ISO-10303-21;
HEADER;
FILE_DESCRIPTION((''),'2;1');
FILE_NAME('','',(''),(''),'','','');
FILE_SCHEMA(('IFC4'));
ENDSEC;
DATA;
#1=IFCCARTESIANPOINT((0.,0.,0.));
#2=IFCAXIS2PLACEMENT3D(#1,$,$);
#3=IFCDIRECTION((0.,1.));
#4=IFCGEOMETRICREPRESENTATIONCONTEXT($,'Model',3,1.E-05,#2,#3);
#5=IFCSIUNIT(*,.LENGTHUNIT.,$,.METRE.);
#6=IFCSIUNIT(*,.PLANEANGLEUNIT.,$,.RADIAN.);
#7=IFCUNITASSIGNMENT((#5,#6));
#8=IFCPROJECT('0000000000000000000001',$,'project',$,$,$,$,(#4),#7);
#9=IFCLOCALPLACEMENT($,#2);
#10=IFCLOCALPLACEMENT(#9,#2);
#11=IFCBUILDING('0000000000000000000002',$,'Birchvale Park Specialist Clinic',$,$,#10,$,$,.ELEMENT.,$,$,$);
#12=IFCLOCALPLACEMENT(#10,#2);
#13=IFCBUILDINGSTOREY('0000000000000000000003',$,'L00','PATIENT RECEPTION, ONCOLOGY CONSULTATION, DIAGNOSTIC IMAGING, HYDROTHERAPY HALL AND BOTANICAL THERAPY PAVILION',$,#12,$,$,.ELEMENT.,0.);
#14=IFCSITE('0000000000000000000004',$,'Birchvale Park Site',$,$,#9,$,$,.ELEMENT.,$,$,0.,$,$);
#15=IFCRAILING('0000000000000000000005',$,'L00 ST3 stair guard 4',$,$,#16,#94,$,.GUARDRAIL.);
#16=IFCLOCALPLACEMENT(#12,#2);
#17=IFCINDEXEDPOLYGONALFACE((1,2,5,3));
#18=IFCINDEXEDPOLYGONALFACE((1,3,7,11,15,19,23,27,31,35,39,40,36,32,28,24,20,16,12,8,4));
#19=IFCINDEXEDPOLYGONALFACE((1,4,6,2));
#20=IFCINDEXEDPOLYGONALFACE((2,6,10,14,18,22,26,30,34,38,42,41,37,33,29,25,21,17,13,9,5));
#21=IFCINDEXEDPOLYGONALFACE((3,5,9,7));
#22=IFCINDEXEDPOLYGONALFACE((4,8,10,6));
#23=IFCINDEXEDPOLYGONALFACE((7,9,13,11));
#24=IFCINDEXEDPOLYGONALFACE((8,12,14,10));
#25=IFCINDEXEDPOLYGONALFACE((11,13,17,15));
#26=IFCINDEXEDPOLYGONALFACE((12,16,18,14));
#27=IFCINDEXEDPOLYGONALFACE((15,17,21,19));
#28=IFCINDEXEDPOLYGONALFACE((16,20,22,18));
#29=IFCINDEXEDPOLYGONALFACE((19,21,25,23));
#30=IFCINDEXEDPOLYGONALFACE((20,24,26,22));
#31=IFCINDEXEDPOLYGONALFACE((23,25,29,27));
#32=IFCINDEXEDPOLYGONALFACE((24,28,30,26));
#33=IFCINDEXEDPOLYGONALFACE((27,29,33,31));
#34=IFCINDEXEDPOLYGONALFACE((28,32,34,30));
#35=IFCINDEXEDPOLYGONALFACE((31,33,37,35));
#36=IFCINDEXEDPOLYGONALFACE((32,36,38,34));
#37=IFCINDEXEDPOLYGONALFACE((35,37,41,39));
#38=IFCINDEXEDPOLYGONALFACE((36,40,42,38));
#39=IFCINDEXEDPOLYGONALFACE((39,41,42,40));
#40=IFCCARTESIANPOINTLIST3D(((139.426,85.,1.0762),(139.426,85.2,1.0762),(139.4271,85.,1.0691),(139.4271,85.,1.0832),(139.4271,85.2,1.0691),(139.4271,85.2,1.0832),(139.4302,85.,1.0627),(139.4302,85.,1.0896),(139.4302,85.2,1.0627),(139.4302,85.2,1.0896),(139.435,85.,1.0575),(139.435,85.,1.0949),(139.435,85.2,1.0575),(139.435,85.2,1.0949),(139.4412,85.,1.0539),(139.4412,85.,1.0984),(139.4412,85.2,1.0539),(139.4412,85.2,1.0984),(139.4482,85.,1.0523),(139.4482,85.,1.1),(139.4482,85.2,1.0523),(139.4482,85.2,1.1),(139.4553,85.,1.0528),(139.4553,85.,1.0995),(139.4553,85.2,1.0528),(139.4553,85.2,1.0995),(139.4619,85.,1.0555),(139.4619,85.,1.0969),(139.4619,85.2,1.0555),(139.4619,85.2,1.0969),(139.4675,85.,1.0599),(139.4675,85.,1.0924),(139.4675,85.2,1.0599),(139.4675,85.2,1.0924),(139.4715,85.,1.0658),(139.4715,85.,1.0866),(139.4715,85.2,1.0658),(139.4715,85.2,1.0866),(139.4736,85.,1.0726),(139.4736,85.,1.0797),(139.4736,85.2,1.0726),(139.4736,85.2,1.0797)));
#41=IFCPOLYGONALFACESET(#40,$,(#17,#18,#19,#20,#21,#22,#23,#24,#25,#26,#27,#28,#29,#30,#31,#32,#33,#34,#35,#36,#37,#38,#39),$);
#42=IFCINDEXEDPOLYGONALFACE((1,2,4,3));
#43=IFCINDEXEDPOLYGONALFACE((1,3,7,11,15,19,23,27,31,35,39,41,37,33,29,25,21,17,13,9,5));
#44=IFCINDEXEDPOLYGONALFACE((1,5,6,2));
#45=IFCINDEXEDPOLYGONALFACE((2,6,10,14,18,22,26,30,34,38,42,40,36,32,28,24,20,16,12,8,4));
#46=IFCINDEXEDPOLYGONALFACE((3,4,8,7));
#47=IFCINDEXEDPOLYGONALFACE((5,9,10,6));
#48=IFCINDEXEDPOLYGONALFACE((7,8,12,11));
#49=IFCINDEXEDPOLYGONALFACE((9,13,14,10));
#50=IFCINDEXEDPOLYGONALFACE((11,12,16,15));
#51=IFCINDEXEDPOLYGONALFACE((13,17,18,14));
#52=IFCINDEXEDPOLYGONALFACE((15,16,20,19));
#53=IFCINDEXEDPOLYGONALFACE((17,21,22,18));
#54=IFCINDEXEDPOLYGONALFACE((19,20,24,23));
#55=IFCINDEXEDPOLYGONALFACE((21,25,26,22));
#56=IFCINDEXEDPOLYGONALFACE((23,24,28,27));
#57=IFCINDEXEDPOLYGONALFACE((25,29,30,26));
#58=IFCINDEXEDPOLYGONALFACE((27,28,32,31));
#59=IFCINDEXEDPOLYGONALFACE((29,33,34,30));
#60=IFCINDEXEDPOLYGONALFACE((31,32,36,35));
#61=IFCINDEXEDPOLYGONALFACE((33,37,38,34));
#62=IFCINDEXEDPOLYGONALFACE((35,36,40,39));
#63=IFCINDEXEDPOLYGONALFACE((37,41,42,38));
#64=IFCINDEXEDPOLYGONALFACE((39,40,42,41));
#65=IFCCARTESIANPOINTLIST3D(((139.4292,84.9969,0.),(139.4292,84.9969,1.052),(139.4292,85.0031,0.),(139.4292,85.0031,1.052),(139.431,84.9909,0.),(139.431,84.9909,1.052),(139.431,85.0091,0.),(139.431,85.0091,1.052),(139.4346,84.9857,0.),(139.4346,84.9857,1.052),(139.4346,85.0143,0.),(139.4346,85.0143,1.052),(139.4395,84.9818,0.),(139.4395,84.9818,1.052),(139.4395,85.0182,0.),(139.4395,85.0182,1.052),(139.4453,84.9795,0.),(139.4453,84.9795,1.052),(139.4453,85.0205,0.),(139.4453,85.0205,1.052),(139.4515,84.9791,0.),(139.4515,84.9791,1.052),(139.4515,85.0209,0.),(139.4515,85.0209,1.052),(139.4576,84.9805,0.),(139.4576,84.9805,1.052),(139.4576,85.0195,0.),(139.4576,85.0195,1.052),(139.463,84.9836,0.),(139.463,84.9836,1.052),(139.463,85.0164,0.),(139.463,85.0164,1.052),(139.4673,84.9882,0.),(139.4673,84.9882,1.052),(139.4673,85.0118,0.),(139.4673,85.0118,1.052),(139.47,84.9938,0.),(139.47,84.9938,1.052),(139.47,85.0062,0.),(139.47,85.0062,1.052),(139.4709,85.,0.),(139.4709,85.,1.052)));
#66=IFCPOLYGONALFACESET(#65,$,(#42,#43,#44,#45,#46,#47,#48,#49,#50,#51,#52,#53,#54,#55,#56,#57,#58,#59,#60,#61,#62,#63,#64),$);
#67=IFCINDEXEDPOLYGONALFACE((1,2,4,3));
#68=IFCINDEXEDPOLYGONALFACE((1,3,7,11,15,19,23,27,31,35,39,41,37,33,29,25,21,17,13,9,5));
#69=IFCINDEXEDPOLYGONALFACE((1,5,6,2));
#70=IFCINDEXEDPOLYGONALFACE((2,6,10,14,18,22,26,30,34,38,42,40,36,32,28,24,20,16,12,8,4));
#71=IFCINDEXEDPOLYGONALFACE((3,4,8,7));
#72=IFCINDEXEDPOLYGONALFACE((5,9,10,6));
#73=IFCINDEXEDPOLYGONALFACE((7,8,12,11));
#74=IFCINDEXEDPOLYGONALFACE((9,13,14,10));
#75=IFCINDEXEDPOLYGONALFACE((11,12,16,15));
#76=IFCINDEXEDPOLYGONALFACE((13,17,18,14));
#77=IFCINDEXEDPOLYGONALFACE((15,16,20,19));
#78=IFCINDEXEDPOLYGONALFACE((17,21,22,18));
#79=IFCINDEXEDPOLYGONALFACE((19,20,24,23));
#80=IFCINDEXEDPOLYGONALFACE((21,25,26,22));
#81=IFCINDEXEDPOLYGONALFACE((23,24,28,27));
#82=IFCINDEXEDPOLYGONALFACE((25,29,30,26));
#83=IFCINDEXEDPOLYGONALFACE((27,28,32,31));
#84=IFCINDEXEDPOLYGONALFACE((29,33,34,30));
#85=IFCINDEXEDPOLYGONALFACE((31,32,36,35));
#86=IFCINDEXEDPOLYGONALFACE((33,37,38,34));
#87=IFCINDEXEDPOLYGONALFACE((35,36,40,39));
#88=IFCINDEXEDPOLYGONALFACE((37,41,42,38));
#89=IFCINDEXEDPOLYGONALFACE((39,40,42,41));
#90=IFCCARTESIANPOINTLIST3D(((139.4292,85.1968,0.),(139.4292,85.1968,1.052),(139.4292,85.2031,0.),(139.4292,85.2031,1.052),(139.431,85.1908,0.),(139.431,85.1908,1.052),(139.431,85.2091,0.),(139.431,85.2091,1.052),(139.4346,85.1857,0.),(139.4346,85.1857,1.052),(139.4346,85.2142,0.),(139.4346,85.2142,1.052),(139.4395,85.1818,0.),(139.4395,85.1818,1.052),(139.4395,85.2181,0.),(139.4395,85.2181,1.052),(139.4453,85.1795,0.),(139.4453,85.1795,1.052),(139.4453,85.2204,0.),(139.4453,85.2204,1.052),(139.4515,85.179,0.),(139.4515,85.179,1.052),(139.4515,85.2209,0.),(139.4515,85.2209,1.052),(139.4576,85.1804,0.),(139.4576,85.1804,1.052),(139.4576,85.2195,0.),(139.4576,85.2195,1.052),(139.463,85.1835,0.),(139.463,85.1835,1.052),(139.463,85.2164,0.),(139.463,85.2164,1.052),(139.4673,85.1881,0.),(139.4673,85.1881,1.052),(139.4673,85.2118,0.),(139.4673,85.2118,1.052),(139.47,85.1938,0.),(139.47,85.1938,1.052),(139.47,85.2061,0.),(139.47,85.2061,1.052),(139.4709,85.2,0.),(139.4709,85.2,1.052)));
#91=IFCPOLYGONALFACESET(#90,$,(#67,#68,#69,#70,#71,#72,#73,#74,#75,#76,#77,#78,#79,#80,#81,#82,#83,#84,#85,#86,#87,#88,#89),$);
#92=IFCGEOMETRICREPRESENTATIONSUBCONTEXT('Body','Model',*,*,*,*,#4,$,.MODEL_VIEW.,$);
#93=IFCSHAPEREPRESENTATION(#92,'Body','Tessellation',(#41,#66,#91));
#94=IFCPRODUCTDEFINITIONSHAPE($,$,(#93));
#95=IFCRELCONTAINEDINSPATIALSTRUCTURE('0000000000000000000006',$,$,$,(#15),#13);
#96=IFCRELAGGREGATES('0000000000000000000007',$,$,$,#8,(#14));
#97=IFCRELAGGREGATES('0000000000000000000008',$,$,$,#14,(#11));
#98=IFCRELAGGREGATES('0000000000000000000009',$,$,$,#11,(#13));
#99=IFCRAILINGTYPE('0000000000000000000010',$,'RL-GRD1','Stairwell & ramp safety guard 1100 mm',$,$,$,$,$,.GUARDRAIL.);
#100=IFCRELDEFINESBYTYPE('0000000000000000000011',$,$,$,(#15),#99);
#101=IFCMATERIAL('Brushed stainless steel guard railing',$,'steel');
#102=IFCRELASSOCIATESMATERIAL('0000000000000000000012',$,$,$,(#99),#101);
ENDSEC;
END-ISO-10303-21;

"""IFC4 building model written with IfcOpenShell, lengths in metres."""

from ifc_helpers import new_model, si_unit, direction, frame, origin, origin_2d, place, context, subcontext, project, spatial, circle, extrude, material, type_object, element, save


model = new_model("IFC4")

# Units and contexts
model_context = context("Model", 3, precision=1e-05, world=origin(), true_north=direction((0.0, 1.0)))
body_context = subcontext(model_context, "Body", "Model", "MODEL_VIEW")
ifc_project = project(units=[si_unit("LENGTHUNIT", "METRE"), si_unit("PLANEANGLEUNIT", "RADIAN")], contexts=[model_context])

# Site, building, storey
site_placement = place(None, origin())
site = spatial("IfcSite", under=ifc_project, at=site_placement, Name="Birchvale Park Site", CompositionType="ELEMENT", RefElevation=0.0)
building_placement = place(site_placement, origin())
building = spatial("IfcBuilding", under=site, at=building_placement, Name="Birchvale Park Specialist Clinic", CompositionType="ELEMENT")
storey_placement = place(building_placement, origin())
storey = spatial("IfcBuildingStorey", under=building, at=storey_placement, Name="L00", Description="PATIENT RECEPTION, ONCOLOGY CONSULTATION, DIAGNOSTIC IMAGING, HYDROTHERAPY HALL AND BOTANICAL THERAPY PAVILION", CompositionType="ELEMENT", Elevation=0.0)

# Railing
ifc_material_1 = material(Name="Brushed stainless steel guard railing", Category="steel")
railing_type_1 = type_object("IfcRailingType", Name="RL-GRD1", Description="Stairwell & ramp safety guard 1100 mm", PredefinedType="GUARDRAIL", material=ifc_material_1)
railing_1_placement = place(storey_placement, frame((139.45, 85.0, 0.0)))
element("IfcRailing", 1, at=railing_1_placement, inside=storey, type_object=railing_type_1, Name="L00 ST3 stair guard 4", PredefinedType="GUARDRAIL", context=body_context, shape_type="SweptSolid", body=[
    extrude(circle(Radius=0.0239, at=origin_2d()), frame((0.0, 0.0, 1.0762), z_axis=(0.0, 1.0, 0.0), x_axis=(-1.0, 0.0, 0.0)), (0.0, 0.0, 1.0), 0.2),
    extrude(circle(Radius=0.021, at=origin_2d()), origin(), (0.0, 0.0, 1.0), 1.052),
    extrude(circle(Radius=0.021, at=origin_2d()), frame((0.0, 0.2, 0.0)), (0.0, 0.0, 1.0), 1.052),
])

save(model, "model.ifc")
